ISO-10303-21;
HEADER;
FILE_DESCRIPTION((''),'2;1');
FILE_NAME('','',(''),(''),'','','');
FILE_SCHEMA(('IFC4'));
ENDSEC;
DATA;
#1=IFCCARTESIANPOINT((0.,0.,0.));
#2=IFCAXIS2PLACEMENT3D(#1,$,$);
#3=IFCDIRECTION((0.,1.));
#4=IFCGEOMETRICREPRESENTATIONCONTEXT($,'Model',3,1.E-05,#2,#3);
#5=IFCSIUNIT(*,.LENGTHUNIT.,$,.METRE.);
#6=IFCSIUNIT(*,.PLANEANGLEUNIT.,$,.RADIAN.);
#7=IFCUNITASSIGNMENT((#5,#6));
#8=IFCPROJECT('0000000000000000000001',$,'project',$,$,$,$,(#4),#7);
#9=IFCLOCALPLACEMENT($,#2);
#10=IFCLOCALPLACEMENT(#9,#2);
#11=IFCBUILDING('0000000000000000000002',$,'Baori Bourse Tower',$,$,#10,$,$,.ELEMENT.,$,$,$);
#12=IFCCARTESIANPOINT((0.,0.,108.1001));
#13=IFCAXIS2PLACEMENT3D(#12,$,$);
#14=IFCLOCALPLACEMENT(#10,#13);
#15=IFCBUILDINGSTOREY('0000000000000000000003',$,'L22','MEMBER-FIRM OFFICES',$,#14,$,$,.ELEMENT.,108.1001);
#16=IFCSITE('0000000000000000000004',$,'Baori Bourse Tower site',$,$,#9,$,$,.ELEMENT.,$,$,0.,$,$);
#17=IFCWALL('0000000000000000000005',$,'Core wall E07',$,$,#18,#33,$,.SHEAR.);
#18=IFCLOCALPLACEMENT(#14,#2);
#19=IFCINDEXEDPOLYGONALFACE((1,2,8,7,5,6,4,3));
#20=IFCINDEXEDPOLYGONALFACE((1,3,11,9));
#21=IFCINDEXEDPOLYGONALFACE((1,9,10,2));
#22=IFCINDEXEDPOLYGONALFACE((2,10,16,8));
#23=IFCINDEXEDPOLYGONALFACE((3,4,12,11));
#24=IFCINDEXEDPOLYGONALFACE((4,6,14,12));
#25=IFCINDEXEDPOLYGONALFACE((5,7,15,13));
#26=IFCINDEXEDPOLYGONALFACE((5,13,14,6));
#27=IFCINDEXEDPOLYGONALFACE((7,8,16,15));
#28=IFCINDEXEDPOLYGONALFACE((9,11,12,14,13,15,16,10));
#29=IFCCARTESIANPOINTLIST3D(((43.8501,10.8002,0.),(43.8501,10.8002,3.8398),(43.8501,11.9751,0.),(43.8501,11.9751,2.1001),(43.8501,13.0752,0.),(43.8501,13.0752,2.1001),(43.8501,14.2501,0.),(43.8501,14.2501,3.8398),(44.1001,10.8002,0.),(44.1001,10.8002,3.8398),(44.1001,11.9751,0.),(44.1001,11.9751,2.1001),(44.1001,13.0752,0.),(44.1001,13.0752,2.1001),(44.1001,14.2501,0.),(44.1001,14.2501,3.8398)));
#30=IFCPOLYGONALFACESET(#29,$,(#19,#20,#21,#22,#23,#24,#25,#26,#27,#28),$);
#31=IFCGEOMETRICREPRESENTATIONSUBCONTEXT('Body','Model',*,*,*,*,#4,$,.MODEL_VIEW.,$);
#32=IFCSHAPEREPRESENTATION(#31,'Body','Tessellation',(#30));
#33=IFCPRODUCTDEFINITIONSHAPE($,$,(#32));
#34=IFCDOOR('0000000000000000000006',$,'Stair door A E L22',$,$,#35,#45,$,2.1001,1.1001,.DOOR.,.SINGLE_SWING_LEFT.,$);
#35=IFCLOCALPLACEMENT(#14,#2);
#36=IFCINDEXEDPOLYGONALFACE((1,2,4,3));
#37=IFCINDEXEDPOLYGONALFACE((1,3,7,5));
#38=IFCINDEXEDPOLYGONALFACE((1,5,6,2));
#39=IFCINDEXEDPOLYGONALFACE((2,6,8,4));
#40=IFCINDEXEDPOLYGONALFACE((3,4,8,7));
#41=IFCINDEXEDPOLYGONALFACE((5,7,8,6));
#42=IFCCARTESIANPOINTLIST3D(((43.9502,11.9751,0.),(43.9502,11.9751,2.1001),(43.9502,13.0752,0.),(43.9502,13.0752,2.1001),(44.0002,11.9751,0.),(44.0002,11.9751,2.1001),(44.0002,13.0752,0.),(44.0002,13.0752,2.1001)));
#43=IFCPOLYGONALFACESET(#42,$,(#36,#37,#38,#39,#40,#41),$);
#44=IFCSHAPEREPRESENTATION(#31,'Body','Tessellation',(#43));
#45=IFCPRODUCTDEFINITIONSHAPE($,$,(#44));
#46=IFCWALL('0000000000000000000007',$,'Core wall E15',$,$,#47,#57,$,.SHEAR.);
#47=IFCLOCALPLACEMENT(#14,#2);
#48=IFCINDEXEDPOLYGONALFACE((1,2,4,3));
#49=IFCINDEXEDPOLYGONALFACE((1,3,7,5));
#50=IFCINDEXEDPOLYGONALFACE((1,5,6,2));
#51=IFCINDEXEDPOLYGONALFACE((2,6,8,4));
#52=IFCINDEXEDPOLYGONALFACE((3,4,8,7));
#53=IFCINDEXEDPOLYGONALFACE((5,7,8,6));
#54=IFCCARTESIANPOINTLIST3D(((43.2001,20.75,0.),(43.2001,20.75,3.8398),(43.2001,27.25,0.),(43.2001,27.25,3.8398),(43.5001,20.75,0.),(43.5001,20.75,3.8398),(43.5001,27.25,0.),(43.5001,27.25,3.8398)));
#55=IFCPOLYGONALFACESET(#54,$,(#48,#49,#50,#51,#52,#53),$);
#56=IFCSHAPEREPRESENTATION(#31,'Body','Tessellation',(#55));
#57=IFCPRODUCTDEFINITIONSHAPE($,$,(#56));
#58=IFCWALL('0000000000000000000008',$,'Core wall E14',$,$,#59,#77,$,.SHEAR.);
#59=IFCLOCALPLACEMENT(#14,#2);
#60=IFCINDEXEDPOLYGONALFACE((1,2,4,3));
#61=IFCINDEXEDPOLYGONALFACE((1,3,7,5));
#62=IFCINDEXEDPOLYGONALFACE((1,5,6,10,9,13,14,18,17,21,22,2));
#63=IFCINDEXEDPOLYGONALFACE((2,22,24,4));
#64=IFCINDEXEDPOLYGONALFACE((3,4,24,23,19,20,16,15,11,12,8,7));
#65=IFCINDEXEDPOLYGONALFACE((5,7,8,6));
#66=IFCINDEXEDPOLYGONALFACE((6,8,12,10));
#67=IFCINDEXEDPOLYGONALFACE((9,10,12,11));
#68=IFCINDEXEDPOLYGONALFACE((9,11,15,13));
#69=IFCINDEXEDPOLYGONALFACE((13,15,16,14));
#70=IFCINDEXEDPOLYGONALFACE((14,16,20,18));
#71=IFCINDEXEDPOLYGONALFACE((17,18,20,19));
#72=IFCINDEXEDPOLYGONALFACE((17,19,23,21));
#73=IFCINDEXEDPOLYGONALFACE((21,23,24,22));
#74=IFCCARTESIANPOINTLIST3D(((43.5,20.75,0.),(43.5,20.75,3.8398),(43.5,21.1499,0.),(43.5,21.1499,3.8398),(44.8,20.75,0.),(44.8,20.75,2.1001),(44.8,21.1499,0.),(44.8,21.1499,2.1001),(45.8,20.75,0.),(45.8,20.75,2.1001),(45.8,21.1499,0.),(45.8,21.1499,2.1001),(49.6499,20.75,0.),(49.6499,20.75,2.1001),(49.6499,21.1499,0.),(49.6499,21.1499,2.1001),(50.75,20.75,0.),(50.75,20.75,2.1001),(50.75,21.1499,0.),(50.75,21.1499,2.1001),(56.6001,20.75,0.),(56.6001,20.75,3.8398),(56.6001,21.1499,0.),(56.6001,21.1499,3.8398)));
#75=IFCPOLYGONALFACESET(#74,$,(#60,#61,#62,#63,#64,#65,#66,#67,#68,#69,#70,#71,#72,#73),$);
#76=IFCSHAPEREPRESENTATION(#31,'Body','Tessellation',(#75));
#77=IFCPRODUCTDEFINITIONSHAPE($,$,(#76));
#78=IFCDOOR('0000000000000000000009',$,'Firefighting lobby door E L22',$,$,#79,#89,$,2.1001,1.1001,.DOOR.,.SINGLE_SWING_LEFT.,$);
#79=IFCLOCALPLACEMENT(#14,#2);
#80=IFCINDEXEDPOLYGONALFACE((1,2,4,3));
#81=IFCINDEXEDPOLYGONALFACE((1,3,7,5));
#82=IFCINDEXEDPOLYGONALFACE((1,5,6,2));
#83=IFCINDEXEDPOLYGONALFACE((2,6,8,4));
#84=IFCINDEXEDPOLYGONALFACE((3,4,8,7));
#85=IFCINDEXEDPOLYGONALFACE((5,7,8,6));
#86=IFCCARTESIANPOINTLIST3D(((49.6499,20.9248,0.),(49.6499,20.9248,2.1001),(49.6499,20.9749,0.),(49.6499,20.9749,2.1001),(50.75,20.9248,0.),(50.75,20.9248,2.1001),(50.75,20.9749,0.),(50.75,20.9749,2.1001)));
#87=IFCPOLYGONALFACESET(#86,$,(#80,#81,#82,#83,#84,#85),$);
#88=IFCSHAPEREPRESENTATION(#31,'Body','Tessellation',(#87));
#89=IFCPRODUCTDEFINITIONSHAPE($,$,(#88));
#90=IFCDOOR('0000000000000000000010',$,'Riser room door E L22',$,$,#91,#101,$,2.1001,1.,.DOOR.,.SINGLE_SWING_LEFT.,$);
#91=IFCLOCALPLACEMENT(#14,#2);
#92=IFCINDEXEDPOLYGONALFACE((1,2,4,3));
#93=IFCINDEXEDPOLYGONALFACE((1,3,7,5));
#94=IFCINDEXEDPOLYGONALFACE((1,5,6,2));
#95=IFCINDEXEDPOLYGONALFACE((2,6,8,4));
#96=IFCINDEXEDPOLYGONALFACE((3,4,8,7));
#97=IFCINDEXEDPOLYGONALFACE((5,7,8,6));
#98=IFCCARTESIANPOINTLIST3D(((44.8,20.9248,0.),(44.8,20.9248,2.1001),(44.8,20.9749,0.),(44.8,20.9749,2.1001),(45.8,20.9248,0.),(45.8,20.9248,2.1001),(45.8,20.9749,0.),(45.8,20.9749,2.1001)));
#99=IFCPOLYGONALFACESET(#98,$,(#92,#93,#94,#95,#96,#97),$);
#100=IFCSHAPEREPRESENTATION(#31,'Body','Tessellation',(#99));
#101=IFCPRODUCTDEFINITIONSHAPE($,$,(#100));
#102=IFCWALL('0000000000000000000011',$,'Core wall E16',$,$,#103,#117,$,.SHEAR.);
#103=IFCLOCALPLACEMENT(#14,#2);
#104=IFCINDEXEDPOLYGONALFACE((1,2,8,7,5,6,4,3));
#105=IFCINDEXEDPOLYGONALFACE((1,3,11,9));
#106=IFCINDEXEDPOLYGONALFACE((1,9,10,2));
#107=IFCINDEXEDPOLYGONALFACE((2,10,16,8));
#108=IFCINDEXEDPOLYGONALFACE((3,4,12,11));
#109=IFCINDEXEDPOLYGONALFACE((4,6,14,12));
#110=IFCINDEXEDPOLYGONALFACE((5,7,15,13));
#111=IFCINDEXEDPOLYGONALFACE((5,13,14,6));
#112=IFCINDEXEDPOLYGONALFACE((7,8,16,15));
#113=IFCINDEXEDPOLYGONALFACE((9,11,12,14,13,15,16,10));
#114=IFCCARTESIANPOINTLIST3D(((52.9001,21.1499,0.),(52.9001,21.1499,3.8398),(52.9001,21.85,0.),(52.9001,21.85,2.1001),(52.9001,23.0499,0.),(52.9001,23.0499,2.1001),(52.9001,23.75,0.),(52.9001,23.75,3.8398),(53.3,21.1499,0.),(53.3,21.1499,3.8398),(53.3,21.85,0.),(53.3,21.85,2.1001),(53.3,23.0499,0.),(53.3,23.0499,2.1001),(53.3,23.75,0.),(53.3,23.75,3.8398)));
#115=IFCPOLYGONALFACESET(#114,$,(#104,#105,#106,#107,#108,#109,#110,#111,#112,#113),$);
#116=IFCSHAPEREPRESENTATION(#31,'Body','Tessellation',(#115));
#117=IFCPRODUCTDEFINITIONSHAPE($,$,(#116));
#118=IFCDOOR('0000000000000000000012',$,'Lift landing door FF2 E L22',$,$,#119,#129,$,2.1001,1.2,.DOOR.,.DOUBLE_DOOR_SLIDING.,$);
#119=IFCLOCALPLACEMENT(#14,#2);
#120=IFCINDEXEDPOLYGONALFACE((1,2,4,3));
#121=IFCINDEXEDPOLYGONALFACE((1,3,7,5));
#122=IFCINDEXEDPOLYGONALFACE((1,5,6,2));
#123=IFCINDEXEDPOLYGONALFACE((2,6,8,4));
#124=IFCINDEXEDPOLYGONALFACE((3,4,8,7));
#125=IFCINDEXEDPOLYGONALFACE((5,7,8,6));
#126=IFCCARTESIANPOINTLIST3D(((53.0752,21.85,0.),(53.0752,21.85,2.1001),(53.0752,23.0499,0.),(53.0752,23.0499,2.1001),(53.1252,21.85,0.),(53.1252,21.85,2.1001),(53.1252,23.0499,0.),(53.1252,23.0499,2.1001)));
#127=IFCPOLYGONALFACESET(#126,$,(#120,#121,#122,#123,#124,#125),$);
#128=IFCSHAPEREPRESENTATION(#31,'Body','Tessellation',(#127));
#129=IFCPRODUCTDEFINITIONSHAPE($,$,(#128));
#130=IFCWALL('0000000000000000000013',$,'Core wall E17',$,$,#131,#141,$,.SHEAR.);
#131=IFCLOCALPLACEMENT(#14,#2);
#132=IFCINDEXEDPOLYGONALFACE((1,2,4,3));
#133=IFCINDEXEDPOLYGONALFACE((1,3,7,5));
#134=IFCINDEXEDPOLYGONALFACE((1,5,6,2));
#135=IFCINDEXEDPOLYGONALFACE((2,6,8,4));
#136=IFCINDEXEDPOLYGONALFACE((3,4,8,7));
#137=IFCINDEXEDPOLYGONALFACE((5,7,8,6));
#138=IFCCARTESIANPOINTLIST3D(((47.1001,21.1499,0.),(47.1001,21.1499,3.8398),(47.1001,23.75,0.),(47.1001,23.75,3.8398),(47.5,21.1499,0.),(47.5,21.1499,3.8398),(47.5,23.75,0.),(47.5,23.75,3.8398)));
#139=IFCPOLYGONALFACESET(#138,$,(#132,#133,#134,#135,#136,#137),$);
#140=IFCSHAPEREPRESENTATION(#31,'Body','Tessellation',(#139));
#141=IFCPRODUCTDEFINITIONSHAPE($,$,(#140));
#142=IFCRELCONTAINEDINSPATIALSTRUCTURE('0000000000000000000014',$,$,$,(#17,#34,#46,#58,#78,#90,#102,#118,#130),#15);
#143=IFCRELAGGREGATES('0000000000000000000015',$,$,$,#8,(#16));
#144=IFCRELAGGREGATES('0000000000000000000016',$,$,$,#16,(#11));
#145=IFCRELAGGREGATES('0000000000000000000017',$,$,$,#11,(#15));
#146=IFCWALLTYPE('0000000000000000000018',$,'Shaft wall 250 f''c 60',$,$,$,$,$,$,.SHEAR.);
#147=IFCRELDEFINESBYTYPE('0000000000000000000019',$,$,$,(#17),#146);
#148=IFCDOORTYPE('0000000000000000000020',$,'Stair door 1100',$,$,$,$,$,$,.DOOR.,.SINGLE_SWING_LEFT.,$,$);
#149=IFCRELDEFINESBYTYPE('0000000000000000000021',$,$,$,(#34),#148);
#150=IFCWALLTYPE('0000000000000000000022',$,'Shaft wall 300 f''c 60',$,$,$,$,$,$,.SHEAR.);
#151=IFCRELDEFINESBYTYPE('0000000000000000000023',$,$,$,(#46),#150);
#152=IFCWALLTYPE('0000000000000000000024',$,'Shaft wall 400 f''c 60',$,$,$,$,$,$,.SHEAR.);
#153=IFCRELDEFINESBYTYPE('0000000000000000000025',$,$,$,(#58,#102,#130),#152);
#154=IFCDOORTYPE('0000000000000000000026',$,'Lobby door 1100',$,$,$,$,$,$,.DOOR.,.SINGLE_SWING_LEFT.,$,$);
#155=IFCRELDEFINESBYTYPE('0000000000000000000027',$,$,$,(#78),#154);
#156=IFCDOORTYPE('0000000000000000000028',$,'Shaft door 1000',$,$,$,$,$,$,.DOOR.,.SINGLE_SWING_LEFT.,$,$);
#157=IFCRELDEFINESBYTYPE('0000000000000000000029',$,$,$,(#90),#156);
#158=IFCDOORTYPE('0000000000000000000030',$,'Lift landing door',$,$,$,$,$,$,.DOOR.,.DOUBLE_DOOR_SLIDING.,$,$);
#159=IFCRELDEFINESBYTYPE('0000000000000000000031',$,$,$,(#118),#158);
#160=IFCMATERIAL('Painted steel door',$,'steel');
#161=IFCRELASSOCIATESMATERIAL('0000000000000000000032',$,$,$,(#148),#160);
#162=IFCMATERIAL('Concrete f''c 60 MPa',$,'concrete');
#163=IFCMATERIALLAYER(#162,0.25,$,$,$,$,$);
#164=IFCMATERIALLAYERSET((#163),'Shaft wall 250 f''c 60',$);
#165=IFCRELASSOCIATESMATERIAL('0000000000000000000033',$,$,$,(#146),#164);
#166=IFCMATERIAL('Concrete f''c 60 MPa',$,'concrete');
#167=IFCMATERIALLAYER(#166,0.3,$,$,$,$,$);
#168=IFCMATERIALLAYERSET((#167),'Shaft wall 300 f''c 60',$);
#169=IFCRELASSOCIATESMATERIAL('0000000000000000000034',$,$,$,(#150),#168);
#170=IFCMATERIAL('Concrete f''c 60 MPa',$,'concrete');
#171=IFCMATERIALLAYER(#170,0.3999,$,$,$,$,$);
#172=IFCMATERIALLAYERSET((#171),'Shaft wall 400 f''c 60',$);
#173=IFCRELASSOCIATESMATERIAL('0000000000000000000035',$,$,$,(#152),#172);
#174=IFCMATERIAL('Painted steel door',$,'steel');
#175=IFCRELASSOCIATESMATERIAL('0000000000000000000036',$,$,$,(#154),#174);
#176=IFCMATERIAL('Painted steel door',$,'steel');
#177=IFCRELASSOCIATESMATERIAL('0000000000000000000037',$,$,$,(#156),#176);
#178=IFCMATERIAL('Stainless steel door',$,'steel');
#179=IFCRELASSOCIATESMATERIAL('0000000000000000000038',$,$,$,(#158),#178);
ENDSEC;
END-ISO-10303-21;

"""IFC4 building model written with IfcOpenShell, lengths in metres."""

from ifc_helpers import new_model, si_unit, direction, frame, frame_2d, origin, place, context, subcontext, project, spatial, rectangle, extrude, material, layer, layer_set, type_object, element, fill, save


model = new_model("IFC4")

# Units and contexts
model_context = context("Model", 3, precision=1e-05, world=origin(), true_north=direction((0.0, 1.0)))
body_context = subcontext(model_context, "Body", "Model", "MODEL_VIEW")
ifc_project = project(units=[si_unit("LENGTHUNIT", "METRE"), si_unit("PLANEANGLEUNIT", "RADIAN")], contexts=[model_context])

# Site, building, storey
site_placement = place(None, origin())
site = spatial("IfcSite", under=ifc_project, at=site_placement, Name="Baori Bourse Tower site", CompositionType="ELEMENT", RefElevation=0.0)
building_placement = place(site_placement, origin())
building = spatial("IfcBuilding", under=site, at=building_placement, Name="Baori Bourse Tower", CompositionType="ELEMENT")
storey_placement = place(building_placement, frame((0.0, 0.0, 108.1001)))
storey = spatial("IfcBuildingStorey", under=building, at=storey_placement, Name="L22", Description="MEMBER-FIRM OFFICES", CompositionType="ELEMENT", Elevation=108.1001)

# Shared definitions
ifc_material_1 = material(Name="Painted steel door", Category="steel")
door_type_1 = type_object("IfcDoorType", Name="Stair door 1100", OperationType="SINGLE_SWING_LEFT", PredefinedType="DOOR", material=ifc_material_1)

# Wall, opening, door
ifc_material_2 = material(Name="Concrete f'c 60 MPa", Category="concrete")
ifc_layer_1 = layer(ifc_material_2, 0.25)
ifc_layer_set_1 = layer_set([ifc_layer_1], Name="Shaft wall 250 f'c 60")
wall_type_1 = type_object("IfcWallType", Name="Shaft wall 250 f'c 60", PredefinedType="SHEAR", material=ifc_layer_set_1)
wall_1_placement = place(storey_placement, frame((43.9751, 10.8, 0.0), z_axis=(0.0, 0.0, 1.0), x_axis=(0.0, 1.0, 0.0)))
wall_1 = element("IfcWall", 1, at=wall_1_placement, inside=storey, type_object=wall_type_1, Name="Core wall E07", PredefinedType="SHEAR", context=body_context, shape_type="SweptSolid", body=[
    extrude(rectangle(XDim=3.45, YDim=0.25, at=frame_2d((1.7251, 0.0))), origin(), (0.0, 0.0, 1.0), 3.8398),
])
opening_1_placement = place(wall_1_placement, frame((1.175, 0.0, 0.0)))
opening_1 = element("IfcOpeningElement", 2, at=opening_1_placement, cuts=wall_1, PredefinedType="OPENING", context=body_context, shape_type="SweptSolid", body=[
    extrude(rectangle(XDim=1.1001, YDim=2.1001, at=frame_2d((0.55, 1.05))), frame((0.0, 0.135, 0.0), z_axis=(0.0, -1.0, 0.0), x_axis=(1.0, 0.0, 0.0)), (0.0, 0.0, 1.0), 0.27),
])
door_1_placement = place(opening_1_placement, origin())
door_1 = element("IfcDoor", 3, at=door_1_placement, inside=storey, type_object=door_type_1, Name="Stair door A E L22", OperationType="SINGLE_SWING_LEFT", OverallHeight=2.1001, OverallWidth=1.1001, PredefinedType="DOOR", context=body_context, shape_type="SweptSolid", body=[
    extrude(rectangle(XDim=1.1001, YDim=2.1001, at=frame_2d((0.55, 1.05))), frame((0.0, 0.0249, 0.0), z_axis=(0.0, -1.0, 0.0), x_axis=(1.0, 0.0, 0.0)), (0.0, 0.0, 1.0), 0.05),
])
fill(opening_1, door_1)

# Wall
ifc_material_3 = material(Name="Concrete f'c 60 MPa", Category="concrete")
ifc_layer_2 = layer(ifc_material_3, 0.3)
ifc_layer_set_2 = layer_set([ifc_layer_2], Name="Shaft wall 300 f'c 60")
wall_type_2 = type_object("IfcWallType", Name="Shaft wall 300 f'c 60", PredefinedType="SHEAR", material=ifc_layer_set_2)
wall_2_placement = place(storey_placement, frame((43.3501, 20.75, 0.0), z_axis=(0.0, 0.0, 1.0), x_axis=(0.0, 1.0, 0.0)))
element("IfcWall", 4, at=wall_2_placement, inside=storey, type_object=wall_type_2, Name="Core wall E15", PredefinedType="SHEAR", context=body_context, shape_type="SweptSolid", body=[
    extrude(rectangle(XDim=6.5, YDim=0.3, at=frame_2d((3.25, 0.0))), origin(), (0.0, 0.0, 1.0), 3.8398),
])

# Wall, openings, doors
ifc_material_4 = material(Name="Concrete f'c 60 MPa", Category="concrete")
ifc_layer_3 = layer(ifc_material_4, 0.3999)
ifc_layer_set_3 = layer_set([ifc_layer_3], Name="Shaft wall 400 f'c 60")
wall_type_3 = type_object("IfcWallType", Name="Shaft wall 400 f'c 60", PredefinedType="SHEAR", material=ifc_layer_set_3)
wall_3_placement = place(storey_placement, frame((43.5, 20.95, 0.0), z_axis=(0.0, 0.0, 1.0), x_axis=(1.0, 0.0, 0.0)))
wall_3 = element("IfcWall", 5, at=wall_3_placement, inside=storey, type_object=wall_type_3, Name="Core wall E14", PredefinedType="SHEAR", context=body_context, shape_type="SweptSolid", body=[
    extrude(rectangle(XDim=13.1001, YDim=0.3999, at=frame_2d((6.55, 0.0))), origin(), (0.0, 0.0, 1.0), 3.8398),
])
opening_2_placement = place(wall_3_placement, frame((6.1499, 0.0, 0.0)))
opening_2 = element("IfcOpeningElement", 6, at=opening_2_placement, cuts=wall_3, PredefinedType="OPENING", context=body_context, shape_type="SweptSolid", body=[
    extrude(rectangle(XDim=1.1001, YDim=2.1001, at=frame_2d((0.55, 1.05))), frame((0.0, 0.21, 0.0), z_axis=(0.0, -1.0, 0.0), x_axis=(1.0, 0.0, 0.0)), (0.0, 0.0, 1.0), 0.4199),
])
opening_3_placement = place(wall_3_placement, frame((1.3, 0.0, 0.0)))
opening_3 = element("IfcOpeningElement", 7, at=opening_3_placement, cuts=wall_3, PredefinedType="OPENING", context=body_context, shape_type="SweptSolid", body=[
    extrude(rectangle(XDim=1.0, YDim=2.1001, at=frame_2d((0.5, 1.05))), frame((0.0, 0.21, 0.0), z_axis=(0.0, -1.0, 0.0), x_axis=(1.0, 0.0, 0.0)), (0.0, 0.0, 1.0), 0.4199),
])
ifc_material_5 = material(Name="Painted steel door", Category="steel")
door_type_2 = type_object("IfcDoorType", Name="Lobby door 1100", OperationType="SINGLE_SWING_LEFT", PredefinedType="DOOR", material=ifc_material_5)
door_2_placement = place(opening_2_placement, origin())
door_2 = element("IfcDoor", 8, at=door_2_placement, inside=storey, type_object=door_type_2, Name="Firefighting lobby door E L22", OperationType="SINGLE_SWING_LEFT", OverallHeight=2.1001, OverallWidth=1.1001, PredefinedType="DOOR", context=body_context, shape_type="SweptSolid", body=[
    extrude(rectangle(XDim=1.1001, YDim=2.1001, at=frame_2d((0.55, 1.05))), frame((0.0, 0.0249, 0.0), z_axis=(0.0, -1.0, 0.0), x_axis=(1.0, 0.0, 0.0)), (0.0, 0.0, 1.0), 0.05),
])
fill(opening_2, door_2)
ifc_material_6 = material(Name="Painted steel door", Category="steel")
door_type_3 = type_object("IfcDoorType", Name="Shaft door 1000", OperationType="SINGLE_SWING_LEFT", PredefinedType="DOOR", material=ifc_material_6)
door_3_placement = place(opening_3_placement, origin())
door_3 = element("IfcDoor", 9, at=door_3_placement, inside=storey, type_object=door_type_3, Name="Riser room door E L22", OperationType="SINGLE_SWING_LEFT", OverallHeight=2.1001, OverallWidth=1.0, PredefinedType="DOOR", context=body_context, shape_type="SweptSolid", body=[
    extrude(rectangle(XDim=1.0, YDim=2.1001, at=frame_2d((0.5, 1.05))), frame((0.0, 0.0249, 0.0), z_axis=(0.0, -1.0, 0.0), x_axis=(1.0, 0.0, 0.0)), (0.0, 0.0, 1.0), 0.05),
])
fill(opening_3, door_3)

# Wall, opening, door
wall_4_placement = place(storey_placement, frame((53.1001, 21.1499, 0.0), z_axis=(0.0, 0.0, 1.0), x_axis=(0.0, 1.0, 0.0)))
wall_4 = element("IfcWall", 10, at=wall_4_placement, inside=storey, type_object=wall_type_3, Name="Core wall E16", PredefinedType="SHEAR", context=body_context, shape_type="SweptSolid", body=[
    extrude(rectangle(XDim=2.6001, YDim=0.3999, at=frame_2d((1.3, 0.0))), origin(), (0.0, 0.0, 1.0), 3.8398),
])
opening_4_placement = place(wall_4_placement, frame((0.7, 0.0, 0.0)))
opening_4 = element("IfcOpeningElement", 11, at=opening_4_placement, cuts=wall_4, PredefinedType="OPENING", context=body_context, shape_type="SweptSolid", body=[
    extrude(rectangle(XDim=1.2, YDim=2.1001, at=frame_2d((0.6001, 1.05))), frame((0.0, 0.21, 0.0), z_axis=(0.0, -1.0, 0.0), x_axis=(1.0, 0.0, 0.0)), (0.0, 0.0, 1.0), 0.4199),
])
ifc_material_7 = material(Name="Stainless steel door", Category="steel")
door_type_4 = type_object("IfcDoorType", Name="Lift landing door", OperationType="DOUBLE_DOOR_SLIDING", PredefinedType="DOOR", material=ifc_material_7)
door_4_placement = place(opening_4_placement, origin())
door_4 = element("IfcDoor", 12, at=door_4_placement, inside=storey, type_object=door_type_4, Name="Lift landing door FF2 E L22", OperationType="DOUBLE_DOOR_SLIDING", OverallHeight=2.1001, OverallWidth=1.2, PredefinedType="DOOR", context=body_context, shape_type="SweptSolid", body=[
    extrude(rectangle(XDim=1.2, YDim=2.1001, at=frame_2d((0.6001, 1.05))), frame((0.0, 0.0249, 0.0), z_axis=(0.0, -1.0, 0.0), x_axis=(1.0, 0.0, 0.0)), (0.0, 0.0, 1.0), 0.05),
])
fill(opening_4, door_4)

# Wall
wall_5_placement = place(storey_placement, frame((47.3, 21.1499, 0.0), z_axis=(0.0, 0.0, 1.0), x_axis=(0.0, 1.0, 0.0)))
element("IfcWall", 13, at=wall_5_placement, inside=storey, type_object=wall_type_3, Name="Core wall E17", PredefinedType="SHEAR", context=body_context, shape_type="SweptSolid", body=[
    extrude(rectangle(XDim=2.6001, YDim=0.3999, at=frame_2d((1.3, 0.0))), origin(), (0.0, 0.0, 1.0), 3.8398),
])

save(model, "model.ifc")
